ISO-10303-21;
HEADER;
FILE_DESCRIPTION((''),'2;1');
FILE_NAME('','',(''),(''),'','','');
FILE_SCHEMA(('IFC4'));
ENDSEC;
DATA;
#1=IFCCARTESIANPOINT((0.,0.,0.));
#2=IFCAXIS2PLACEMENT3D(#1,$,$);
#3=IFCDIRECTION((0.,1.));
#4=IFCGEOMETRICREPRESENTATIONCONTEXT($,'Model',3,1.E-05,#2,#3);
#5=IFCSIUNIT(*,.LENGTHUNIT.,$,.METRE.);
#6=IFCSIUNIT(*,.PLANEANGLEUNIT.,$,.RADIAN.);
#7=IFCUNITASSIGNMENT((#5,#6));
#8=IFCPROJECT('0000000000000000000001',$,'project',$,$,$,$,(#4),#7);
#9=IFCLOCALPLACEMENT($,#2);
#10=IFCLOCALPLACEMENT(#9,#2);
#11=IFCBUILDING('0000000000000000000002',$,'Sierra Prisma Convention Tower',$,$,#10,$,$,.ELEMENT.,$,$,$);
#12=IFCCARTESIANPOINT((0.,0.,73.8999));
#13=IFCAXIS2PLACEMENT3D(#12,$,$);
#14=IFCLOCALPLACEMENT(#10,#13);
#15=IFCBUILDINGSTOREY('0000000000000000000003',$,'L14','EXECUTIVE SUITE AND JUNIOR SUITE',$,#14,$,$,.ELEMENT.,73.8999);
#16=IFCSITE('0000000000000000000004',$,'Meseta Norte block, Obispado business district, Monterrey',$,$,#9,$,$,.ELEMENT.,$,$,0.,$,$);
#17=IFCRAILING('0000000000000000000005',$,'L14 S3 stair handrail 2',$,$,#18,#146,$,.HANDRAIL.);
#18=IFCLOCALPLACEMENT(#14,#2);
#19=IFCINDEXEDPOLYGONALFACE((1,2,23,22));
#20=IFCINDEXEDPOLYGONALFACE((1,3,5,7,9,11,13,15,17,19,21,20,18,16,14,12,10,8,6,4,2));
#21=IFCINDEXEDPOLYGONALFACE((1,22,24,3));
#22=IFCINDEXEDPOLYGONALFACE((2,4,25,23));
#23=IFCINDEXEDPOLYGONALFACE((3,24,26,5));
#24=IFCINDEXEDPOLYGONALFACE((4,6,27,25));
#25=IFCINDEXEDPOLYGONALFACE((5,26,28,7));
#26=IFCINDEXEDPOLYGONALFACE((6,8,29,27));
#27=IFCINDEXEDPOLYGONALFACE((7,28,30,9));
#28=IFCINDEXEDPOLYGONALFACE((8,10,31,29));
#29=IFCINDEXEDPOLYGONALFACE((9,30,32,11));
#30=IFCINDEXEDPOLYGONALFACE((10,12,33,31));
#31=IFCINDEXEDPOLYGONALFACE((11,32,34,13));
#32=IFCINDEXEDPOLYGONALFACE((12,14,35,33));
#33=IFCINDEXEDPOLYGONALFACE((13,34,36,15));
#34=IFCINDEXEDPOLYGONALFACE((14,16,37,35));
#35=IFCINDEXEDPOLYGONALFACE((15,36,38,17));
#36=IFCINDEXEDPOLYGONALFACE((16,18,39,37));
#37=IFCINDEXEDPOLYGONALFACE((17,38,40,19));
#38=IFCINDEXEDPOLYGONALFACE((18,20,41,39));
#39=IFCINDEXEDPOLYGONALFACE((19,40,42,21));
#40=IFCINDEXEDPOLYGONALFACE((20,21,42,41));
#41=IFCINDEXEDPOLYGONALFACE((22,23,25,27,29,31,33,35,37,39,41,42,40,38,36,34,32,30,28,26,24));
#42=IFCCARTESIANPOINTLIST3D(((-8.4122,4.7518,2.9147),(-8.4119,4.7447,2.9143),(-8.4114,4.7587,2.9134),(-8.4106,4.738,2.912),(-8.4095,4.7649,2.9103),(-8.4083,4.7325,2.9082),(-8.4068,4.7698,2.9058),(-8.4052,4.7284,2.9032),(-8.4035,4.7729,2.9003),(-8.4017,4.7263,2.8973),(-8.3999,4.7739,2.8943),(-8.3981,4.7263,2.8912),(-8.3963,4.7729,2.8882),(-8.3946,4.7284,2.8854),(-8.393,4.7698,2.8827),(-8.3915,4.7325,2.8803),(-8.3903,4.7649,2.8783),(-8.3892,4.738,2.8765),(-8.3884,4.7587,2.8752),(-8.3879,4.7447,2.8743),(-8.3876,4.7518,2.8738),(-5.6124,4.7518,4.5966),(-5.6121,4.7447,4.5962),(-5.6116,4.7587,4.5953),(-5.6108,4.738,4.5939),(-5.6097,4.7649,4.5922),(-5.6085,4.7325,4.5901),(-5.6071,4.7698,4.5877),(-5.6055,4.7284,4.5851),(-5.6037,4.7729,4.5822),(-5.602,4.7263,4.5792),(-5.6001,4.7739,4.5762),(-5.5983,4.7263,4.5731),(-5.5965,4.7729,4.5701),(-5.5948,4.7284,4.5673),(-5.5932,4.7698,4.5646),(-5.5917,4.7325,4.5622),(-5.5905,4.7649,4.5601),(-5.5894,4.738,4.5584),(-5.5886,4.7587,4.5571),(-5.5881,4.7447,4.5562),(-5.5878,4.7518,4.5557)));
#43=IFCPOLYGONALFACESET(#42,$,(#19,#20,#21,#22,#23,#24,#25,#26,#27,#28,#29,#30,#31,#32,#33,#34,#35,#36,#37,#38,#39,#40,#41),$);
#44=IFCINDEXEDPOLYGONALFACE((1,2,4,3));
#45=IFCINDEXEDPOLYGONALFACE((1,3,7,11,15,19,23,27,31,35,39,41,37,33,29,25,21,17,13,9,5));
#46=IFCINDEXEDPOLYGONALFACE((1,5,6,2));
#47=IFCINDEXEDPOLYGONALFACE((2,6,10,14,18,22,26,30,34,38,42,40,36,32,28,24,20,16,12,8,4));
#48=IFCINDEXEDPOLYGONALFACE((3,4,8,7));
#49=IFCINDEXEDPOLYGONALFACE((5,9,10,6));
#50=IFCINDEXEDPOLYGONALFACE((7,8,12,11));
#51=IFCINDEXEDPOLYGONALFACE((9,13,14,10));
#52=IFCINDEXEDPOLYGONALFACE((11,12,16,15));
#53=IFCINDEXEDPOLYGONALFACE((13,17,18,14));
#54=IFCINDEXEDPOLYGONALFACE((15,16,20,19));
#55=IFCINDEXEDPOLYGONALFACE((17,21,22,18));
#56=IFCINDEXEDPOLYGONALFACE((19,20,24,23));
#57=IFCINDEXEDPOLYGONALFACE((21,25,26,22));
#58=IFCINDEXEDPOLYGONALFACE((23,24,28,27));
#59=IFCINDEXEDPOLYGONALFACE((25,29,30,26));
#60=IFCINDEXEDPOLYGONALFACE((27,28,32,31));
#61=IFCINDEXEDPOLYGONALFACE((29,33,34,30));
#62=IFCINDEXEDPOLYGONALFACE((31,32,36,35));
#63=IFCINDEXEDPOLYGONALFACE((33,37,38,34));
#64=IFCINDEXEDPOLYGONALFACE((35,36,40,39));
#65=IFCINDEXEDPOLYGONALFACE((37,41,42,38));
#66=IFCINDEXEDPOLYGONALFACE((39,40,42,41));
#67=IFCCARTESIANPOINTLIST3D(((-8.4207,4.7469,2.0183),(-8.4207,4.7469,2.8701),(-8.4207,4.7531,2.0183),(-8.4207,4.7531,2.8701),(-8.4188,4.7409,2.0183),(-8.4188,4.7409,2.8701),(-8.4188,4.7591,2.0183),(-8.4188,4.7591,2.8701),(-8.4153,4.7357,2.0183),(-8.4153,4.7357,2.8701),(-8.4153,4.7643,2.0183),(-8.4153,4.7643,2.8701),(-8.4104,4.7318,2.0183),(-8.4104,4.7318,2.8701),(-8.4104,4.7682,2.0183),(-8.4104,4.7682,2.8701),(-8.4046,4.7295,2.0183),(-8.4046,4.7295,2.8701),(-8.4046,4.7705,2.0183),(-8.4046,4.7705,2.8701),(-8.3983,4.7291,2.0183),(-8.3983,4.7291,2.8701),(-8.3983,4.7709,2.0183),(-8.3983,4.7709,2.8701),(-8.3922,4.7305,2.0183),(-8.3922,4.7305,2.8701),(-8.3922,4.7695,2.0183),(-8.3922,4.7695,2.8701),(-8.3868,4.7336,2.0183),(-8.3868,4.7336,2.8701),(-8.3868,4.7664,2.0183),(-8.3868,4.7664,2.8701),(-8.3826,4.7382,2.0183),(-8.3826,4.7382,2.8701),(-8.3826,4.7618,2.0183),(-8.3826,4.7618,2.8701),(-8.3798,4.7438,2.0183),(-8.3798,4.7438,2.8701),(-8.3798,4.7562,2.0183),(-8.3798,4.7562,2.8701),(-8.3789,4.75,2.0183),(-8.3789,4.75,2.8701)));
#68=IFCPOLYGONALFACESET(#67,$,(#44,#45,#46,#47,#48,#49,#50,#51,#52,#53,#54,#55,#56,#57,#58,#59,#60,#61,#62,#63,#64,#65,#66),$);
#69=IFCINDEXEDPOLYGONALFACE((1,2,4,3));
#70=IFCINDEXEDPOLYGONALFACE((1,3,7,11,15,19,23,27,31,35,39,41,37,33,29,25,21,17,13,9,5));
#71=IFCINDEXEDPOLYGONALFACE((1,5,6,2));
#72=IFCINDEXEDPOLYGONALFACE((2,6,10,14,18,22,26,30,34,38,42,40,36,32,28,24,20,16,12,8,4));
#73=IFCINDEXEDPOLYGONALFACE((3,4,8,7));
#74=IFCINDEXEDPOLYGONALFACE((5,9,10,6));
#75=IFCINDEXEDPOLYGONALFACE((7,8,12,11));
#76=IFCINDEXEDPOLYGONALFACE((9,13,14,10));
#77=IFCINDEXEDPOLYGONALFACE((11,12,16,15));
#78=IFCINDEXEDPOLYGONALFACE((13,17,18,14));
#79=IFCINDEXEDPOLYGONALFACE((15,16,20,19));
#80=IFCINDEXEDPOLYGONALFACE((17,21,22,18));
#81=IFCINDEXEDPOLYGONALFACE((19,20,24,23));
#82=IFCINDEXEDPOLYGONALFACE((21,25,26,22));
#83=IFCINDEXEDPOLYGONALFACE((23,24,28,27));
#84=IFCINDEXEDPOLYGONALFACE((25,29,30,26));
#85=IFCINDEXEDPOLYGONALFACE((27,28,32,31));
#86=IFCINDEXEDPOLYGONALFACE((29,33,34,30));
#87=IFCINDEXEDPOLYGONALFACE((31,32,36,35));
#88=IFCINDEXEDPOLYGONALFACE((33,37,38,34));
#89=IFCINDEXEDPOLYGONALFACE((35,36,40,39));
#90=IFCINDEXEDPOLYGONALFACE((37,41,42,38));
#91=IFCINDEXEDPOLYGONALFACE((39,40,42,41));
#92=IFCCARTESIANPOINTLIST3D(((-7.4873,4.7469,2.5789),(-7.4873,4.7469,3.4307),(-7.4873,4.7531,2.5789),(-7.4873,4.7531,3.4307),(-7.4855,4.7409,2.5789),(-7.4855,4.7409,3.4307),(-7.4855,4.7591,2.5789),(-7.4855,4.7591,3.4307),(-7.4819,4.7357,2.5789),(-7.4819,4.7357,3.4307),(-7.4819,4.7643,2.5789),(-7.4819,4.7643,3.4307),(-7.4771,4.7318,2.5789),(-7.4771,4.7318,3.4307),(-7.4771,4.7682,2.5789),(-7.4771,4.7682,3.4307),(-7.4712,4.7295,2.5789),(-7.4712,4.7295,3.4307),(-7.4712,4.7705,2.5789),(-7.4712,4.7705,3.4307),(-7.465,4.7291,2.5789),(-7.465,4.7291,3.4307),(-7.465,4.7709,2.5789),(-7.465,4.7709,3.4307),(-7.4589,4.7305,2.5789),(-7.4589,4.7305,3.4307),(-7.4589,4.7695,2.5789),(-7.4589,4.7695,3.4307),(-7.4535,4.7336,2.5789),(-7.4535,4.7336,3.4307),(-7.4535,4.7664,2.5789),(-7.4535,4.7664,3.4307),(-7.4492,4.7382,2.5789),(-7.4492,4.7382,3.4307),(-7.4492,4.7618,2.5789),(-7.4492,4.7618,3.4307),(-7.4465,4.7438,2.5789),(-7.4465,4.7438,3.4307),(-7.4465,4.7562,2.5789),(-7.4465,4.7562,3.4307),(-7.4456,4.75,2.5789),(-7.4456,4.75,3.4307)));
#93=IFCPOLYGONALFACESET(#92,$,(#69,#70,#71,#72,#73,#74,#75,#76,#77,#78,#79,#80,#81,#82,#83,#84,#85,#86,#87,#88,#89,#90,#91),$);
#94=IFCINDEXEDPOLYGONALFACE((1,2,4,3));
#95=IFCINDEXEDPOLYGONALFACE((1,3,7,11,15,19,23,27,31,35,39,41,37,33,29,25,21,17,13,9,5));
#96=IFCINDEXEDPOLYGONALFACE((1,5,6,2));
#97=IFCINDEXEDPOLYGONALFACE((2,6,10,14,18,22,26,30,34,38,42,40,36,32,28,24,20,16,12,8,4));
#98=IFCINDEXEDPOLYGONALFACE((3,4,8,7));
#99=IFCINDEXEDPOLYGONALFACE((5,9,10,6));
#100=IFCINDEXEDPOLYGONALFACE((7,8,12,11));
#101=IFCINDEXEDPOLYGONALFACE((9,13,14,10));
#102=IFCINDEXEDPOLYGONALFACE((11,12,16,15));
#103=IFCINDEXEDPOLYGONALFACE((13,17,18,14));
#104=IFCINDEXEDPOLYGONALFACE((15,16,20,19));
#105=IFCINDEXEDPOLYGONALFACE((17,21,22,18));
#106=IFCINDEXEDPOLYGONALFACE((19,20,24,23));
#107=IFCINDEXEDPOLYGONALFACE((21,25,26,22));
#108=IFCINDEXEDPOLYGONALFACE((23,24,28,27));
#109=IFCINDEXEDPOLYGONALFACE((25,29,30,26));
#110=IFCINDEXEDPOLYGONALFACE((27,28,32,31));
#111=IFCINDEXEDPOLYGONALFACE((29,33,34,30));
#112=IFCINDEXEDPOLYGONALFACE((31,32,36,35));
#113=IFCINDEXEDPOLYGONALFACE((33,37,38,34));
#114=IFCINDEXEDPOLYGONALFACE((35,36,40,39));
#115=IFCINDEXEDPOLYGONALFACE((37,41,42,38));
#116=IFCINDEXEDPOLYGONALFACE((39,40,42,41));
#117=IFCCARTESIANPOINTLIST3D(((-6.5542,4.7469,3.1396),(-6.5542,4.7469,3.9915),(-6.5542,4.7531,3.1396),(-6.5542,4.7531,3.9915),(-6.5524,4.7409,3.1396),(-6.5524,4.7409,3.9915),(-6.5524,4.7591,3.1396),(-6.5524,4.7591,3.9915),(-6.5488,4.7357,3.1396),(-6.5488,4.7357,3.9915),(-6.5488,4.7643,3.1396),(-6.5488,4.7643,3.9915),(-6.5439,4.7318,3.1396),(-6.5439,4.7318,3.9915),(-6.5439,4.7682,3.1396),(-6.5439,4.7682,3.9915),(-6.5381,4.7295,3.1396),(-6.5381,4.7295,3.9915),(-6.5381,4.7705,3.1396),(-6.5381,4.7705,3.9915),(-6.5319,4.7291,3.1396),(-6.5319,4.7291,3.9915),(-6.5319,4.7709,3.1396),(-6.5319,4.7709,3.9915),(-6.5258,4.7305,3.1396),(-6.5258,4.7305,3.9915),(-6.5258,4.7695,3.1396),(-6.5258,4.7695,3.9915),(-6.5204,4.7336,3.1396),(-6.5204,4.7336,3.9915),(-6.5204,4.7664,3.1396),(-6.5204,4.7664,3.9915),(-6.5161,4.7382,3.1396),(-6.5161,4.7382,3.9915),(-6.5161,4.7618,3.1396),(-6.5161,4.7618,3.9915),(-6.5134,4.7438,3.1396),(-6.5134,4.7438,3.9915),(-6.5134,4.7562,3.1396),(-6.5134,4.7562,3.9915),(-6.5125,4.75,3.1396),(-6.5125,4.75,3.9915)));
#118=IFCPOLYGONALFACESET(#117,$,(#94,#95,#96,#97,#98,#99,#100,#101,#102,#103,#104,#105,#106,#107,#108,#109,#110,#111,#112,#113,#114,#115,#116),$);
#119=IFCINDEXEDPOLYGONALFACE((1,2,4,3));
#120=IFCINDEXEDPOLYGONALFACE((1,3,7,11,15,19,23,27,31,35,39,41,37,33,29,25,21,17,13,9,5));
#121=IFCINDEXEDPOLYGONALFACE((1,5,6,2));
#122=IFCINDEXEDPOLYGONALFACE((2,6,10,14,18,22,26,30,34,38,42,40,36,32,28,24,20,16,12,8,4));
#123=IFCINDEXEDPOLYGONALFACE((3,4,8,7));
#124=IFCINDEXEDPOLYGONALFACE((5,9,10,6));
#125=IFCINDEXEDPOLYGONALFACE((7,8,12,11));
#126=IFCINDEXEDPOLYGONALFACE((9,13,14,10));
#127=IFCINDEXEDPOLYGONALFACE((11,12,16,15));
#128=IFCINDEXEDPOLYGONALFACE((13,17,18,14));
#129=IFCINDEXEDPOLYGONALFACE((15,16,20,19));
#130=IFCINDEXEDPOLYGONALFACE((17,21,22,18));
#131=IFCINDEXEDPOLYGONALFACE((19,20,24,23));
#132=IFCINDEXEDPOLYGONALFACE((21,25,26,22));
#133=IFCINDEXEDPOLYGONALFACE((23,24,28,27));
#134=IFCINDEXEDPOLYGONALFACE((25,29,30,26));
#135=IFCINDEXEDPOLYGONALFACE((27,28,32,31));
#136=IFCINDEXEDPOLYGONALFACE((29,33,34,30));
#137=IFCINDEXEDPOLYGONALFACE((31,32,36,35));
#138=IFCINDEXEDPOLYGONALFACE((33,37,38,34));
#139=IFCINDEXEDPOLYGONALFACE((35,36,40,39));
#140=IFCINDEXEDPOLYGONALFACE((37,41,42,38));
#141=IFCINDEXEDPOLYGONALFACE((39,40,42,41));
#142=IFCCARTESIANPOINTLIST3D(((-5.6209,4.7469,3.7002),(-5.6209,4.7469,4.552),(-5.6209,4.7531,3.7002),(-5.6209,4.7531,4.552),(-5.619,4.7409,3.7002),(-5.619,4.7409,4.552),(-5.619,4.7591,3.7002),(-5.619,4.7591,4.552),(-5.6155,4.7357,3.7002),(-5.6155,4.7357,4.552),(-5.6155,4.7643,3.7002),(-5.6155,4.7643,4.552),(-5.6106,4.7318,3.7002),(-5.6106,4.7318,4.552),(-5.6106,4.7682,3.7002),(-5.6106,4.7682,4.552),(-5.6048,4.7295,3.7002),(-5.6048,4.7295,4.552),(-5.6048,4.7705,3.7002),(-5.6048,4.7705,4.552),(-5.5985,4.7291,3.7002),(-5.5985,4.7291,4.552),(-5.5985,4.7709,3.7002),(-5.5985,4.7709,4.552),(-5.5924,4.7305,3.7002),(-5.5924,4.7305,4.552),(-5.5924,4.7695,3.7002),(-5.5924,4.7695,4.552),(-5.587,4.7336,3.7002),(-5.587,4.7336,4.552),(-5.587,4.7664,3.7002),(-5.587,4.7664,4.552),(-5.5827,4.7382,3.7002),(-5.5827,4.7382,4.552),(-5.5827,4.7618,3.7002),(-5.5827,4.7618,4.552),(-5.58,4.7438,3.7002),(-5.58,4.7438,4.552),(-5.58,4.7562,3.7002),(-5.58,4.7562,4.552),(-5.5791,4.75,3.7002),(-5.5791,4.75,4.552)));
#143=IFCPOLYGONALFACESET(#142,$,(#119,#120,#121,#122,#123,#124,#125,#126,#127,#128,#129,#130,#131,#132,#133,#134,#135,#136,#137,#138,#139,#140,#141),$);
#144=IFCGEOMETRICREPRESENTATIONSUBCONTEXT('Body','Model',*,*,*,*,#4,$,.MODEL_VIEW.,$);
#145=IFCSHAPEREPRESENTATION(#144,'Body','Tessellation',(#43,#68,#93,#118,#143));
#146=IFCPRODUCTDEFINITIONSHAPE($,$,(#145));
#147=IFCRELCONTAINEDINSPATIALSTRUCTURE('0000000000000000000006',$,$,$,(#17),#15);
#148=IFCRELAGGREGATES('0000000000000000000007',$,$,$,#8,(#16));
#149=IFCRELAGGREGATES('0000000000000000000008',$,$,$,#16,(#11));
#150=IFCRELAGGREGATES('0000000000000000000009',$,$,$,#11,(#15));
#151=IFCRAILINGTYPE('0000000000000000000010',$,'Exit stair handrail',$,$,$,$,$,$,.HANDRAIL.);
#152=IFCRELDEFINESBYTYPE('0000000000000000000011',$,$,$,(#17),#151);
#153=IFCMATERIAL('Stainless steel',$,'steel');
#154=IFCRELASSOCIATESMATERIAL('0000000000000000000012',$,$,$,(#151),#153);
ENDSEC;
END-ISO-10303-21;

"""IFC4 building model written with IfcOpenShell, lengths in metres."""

from ifc_helpers import new_model, si_unit, direction, frame, origin, origin_2d, place, context, subcontext, project, spatial, circle, extrude, material, type_object, element, save


model = new_model("IFC4")

# Units and contexts
model_context = context("Model", 3, precision=1e-05, world=origin(), true_north=direction((0.0, 1.0)))
body_context = subcontext(model_context, "Body", "Model", "MODEL_VIEW")
ifc_project = project(units=[si_unit("LENGTHUNIT", "METRE"), si_unit("PLANEANGLEUNIT", "RADIAN")], contexts=[model_context])

# Site, building, storey
site_placement = place(None, origin())
site = spatial("IfcSite", under=ifc_project, at=site_placement, Name="Meseta Norte block, Obispado business district, Monterrey", CompositionType="ELEMENT", RefElevation=0.0)
building_placement = place(site_placement, origin())
building = spatial("IfcBuilding", under=site, at=building_placement, Name="Sierra Prisma Convention Tower", CompositionType="ELEMENT")
storey_placement = place(building_placement, frame((0.0, 0.0, 73.8999)))
storey = spatial("IfcBuildingStorey", under=building, at=storey_placement, Name="L14", Description="EXECUTIVE SUITE AND JUNIOR SUITE", CompositionType="ELEMENT", Elevation=73.8999)

# Railing
ifc_material_1 = material(Name="Stainless steel", Category="steel")
railing_type_1 = type_object("IfcRailingType", Name="Exit stair handrail", PredefinedType="HANDRAIL", material=ifc_material_1)
railing_1_placement = place(storey_placement, frame((-8.3999, 4.75, 2.0183)))
element("IfcRailing", 1, at=railing_1_placement, inside=storey, type_object=railing_type_1, Name="L14 S3 stair handrail 2", PredefinedType="HANDRAIL", context=body_context, shape_type="SweptSolid", body=[
    extrude(circle(Radius=0.0239, at=origin_2d()), frame((0.0, 0.0, 0.876), z_axis=(0.857222, 0.0, 0.514946), x_axis=(0.0, 1.0, 0.0)), (0.0, 0.0, 1.0), 3.2661),
    extrude(circle(Radius=0.021, at=origin_2d()), origin(), (0.0, 0.0, 1.0), 0.8518),
    extrude(circle(Radius=0.021, at=origin_2d()), frame((0.9333, 0.0, 0.5605)), (0.0, 0.0, 1.0), 0.8518),
    extrude(circle(Radius=0.021, at=origin_2d()), frame((1.8665, 0.0, 1.1213)), (0.0, 0.0, 1.0), 0.8518),
    extrude(circle(Radius=0.021, at=origin_2d()), frame((2.7998, 0.0, 1.6819)), (0.0, 0.0, 1.0), 0.8518),
])

save(model, "model.ifc")
